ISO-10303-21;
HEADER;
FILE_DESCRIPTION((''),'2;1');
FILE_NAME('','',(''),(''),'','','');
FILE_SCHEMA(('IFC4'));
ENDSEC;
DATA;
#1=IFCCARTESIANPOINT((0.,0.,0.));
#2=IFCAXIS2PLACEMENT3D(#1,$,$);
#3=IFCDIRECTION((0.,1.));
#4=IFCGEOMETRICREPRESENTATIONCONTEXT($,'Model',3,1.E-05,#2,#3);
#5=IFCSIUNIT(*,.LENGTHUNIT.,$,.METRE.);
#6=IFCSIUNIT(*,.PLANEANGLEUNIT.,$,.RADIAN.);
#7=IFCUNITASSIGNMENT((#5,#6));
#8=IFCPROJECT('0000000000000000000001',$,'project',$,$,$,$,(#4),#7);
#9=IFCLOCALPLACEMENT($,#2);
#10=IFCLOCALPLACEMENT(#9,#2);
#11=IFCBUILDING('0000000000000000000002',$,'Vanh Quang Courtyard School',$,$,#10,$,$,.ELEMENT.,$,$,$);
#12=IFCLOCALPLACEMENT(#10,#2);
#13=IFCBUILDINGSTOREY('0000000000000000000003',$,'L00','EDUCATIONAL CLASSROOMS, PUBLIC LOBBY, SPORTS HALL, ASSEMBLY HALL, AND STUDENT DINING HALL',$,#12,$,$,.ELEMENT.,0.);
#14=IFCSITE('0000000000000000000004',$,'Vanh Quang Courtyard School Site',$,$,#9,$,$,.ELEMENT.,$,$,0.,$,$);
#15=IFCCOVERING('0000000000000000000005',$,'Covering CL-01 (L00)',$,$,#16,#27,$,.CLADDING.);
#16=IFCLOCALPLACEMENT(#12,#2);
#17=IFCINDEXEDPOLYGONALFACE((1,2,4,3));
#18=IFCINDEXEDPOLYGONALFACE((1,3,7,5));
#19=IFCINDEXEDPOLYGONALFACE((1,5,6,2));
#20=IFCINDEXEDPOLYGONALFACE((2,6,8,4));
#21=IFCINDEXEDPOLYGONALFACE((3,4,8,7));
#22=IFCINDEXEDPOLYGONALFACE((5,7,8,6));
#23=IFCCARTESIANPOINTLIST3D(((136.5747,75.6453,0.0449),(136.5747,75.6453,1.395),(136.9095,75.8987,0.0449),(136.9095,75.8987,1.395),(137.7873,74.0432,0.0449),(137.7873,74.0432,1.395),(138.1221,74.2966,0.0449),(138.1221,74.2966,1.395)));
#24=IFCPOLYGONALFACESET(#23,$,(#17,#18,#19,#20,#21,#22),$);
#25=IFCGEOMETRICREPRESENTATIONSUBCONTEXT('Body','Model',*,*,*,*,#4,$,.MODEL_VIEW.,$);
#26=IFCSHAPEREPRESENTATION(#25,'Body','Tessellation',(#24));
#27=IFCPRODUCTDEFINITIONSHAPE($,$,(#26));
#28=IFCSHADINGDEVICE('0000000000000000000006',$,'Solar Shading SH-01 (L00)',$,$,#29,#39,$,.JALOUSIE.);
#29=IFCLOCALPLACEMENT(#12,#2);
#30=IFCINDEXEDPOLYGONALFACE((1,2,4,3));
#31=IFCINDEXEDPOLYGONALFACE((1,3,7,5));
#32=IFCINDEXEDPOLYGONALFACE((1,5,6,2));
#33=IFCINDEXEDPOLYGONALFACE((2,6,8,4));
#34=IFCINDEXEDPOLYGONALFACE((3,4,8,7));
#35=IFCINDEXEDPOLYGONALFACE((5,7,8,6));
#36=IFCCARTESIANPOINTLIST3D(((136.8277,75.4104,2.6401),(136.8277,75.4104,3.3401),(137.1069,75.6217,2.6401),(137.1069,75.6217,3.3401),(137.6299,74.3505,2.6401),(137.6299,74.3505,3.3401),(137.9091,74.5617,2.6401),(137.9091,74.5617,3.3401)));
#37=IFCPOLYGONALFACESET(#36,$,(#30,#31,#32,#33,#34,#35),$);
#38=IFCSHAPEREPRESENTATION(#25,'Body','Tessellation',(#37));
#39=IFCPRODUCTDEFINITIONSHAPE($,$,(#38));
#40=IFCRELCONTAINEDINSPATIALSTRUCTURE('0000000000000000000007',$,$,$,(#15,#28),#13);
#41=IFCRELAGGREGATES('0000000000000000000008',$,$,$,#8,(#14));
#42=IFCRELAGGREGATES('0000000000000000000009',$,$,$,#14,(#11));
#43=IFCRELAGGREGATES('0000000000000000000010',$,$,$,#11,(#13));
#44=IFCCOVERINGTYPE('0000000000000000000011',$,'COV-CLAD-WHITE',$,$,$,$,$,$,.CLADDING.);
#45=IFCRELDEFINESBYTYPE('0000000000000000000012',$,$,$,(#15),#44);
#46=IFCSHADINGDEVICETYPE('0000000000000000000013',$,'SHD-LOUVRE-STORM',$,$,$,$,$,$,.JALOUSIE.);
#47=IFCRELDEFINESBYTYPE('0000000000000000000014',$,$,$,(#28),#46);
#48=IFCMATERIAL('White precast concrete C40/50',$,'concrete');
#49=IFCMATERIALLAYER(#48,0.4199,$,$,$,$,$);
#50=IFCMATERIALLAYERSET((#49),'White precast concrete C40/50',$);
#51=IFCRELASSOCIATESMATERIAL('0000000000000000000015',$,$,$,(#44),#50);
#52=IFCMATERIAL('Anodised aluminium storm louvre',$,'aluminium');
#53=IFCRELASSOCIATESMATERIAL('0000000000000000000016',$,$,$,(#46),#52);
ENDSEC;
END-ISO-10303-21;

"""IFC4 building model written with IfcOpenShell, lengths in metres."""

from ifc_helpers import new_model, si_unit, direction, frame, origin, origin_2d, place, context, subcontext, project, spatial, rectangle, extrude, material, layer, layer_set, type_object, element, save


model = new_model("IFC4")

# Units and contexts
model_context = context("Model", 3, precision=1e-05, world=origin(), true_north=direction((0.0, 1.0)))
body_context = subcontext(model_context, "Body", "Model", "MODEL_VIEW")
ifc_project = project(units=[si_unit("LENGTHUNIT", "METRE"), si_unit("PLANEANGLEUNIT", "RADIAN")], contexts=[model_context])

# Site, building, storey
site_placement = place(None, origin())
site = spatial("IfcSite", under=ifc_project, at=site_placement, Name="Vanh Quang Courtyard School Site", CompositionType="ELEMENT", RefElevation=0.0)
building_placement = place(site_placement, origin())
building = spatial("IfcBuilding", under=site, at=building_placement, Name="Vanh Quang Courtyard School", CompositionType="ELEMENT")
storey_placement = place(building_placement, origin())
storey = spatial("IfcBuildingStorey", under=building, at=storey_placement, Name="L00", Description="EDUCATIONAL CLASSROOMS, PUBLIC LOBBY, SPORTS HALL, ASSEMBLY HALL, AND STUDENT DINING HALL", CompositionType="ELEMENT", Elevation=0.0)

# Covering
ifc_material_1 = material(Name="White precast concrete C40/50", Category="concrete")
ifc_layer_1 = layer(ifc_material_1, 0.4199)
ifc_layer_set_1 = layer_set([ifc_layer_1], Name="White precast concrete C40/50")
covering_type = type_object("IfcCoveringType", Name="COV-CLAD-WHITE", PredefinedType="CLADDING", material=ifc_layer_set_1)
covering_placement = place(storey_placement, frame((137.3484, 74.9709, 0.0449), z_axis=(0.0, 0.0, 1.0), x_axis=(-0.603486, 0.797373, 0.0)))
element("IfcCovering", 1, at=covering_placement, inside=storey, type_object=covering_type, Name="Covering CL-01 (L00)", PredefinedType="CLADDING", context=body_context, shape_type="SweptSolid", body=[
    extrude(rectangle(XDim=2.0093, YDim=0.4199, at=origin_2d()), origin(), (0.0, 0.0, 1.0), 1.3501),
])

# Shading device
ifc_material_2 = material(Name="Anodised aluminium storm louvre", Category="aluminium")
shading_device_type = type_object("IfcShadingDeviceType", Name="SHD-LOUVRE-STORM", PredefinedType="JALOUSIE", material=ifc_material_2)
shading_device_placement = place(storey_placement, frame((137.3684, 74.9861, 2.6401), z_axis=(0.0, 0.0, 1.0), x_axis=(-0.603486, 0.797373, 0.0)))
element("IfcShadingDevice", 2, at=shading_device_placement, inside=storey, type_object=shading_device_type, Name="Solar Shading SH-01 (L00)", PredefinedType="JALOUSIE", context=body_context, shape_type="SweptSolid", body=[
    extrude(rectangle(XDim=1.3293, YDim=0.3501, at=origin_2d()), origin(), (0.0, 0.0, 1.0), 0.7),
])

save(model, "model.ifc")
